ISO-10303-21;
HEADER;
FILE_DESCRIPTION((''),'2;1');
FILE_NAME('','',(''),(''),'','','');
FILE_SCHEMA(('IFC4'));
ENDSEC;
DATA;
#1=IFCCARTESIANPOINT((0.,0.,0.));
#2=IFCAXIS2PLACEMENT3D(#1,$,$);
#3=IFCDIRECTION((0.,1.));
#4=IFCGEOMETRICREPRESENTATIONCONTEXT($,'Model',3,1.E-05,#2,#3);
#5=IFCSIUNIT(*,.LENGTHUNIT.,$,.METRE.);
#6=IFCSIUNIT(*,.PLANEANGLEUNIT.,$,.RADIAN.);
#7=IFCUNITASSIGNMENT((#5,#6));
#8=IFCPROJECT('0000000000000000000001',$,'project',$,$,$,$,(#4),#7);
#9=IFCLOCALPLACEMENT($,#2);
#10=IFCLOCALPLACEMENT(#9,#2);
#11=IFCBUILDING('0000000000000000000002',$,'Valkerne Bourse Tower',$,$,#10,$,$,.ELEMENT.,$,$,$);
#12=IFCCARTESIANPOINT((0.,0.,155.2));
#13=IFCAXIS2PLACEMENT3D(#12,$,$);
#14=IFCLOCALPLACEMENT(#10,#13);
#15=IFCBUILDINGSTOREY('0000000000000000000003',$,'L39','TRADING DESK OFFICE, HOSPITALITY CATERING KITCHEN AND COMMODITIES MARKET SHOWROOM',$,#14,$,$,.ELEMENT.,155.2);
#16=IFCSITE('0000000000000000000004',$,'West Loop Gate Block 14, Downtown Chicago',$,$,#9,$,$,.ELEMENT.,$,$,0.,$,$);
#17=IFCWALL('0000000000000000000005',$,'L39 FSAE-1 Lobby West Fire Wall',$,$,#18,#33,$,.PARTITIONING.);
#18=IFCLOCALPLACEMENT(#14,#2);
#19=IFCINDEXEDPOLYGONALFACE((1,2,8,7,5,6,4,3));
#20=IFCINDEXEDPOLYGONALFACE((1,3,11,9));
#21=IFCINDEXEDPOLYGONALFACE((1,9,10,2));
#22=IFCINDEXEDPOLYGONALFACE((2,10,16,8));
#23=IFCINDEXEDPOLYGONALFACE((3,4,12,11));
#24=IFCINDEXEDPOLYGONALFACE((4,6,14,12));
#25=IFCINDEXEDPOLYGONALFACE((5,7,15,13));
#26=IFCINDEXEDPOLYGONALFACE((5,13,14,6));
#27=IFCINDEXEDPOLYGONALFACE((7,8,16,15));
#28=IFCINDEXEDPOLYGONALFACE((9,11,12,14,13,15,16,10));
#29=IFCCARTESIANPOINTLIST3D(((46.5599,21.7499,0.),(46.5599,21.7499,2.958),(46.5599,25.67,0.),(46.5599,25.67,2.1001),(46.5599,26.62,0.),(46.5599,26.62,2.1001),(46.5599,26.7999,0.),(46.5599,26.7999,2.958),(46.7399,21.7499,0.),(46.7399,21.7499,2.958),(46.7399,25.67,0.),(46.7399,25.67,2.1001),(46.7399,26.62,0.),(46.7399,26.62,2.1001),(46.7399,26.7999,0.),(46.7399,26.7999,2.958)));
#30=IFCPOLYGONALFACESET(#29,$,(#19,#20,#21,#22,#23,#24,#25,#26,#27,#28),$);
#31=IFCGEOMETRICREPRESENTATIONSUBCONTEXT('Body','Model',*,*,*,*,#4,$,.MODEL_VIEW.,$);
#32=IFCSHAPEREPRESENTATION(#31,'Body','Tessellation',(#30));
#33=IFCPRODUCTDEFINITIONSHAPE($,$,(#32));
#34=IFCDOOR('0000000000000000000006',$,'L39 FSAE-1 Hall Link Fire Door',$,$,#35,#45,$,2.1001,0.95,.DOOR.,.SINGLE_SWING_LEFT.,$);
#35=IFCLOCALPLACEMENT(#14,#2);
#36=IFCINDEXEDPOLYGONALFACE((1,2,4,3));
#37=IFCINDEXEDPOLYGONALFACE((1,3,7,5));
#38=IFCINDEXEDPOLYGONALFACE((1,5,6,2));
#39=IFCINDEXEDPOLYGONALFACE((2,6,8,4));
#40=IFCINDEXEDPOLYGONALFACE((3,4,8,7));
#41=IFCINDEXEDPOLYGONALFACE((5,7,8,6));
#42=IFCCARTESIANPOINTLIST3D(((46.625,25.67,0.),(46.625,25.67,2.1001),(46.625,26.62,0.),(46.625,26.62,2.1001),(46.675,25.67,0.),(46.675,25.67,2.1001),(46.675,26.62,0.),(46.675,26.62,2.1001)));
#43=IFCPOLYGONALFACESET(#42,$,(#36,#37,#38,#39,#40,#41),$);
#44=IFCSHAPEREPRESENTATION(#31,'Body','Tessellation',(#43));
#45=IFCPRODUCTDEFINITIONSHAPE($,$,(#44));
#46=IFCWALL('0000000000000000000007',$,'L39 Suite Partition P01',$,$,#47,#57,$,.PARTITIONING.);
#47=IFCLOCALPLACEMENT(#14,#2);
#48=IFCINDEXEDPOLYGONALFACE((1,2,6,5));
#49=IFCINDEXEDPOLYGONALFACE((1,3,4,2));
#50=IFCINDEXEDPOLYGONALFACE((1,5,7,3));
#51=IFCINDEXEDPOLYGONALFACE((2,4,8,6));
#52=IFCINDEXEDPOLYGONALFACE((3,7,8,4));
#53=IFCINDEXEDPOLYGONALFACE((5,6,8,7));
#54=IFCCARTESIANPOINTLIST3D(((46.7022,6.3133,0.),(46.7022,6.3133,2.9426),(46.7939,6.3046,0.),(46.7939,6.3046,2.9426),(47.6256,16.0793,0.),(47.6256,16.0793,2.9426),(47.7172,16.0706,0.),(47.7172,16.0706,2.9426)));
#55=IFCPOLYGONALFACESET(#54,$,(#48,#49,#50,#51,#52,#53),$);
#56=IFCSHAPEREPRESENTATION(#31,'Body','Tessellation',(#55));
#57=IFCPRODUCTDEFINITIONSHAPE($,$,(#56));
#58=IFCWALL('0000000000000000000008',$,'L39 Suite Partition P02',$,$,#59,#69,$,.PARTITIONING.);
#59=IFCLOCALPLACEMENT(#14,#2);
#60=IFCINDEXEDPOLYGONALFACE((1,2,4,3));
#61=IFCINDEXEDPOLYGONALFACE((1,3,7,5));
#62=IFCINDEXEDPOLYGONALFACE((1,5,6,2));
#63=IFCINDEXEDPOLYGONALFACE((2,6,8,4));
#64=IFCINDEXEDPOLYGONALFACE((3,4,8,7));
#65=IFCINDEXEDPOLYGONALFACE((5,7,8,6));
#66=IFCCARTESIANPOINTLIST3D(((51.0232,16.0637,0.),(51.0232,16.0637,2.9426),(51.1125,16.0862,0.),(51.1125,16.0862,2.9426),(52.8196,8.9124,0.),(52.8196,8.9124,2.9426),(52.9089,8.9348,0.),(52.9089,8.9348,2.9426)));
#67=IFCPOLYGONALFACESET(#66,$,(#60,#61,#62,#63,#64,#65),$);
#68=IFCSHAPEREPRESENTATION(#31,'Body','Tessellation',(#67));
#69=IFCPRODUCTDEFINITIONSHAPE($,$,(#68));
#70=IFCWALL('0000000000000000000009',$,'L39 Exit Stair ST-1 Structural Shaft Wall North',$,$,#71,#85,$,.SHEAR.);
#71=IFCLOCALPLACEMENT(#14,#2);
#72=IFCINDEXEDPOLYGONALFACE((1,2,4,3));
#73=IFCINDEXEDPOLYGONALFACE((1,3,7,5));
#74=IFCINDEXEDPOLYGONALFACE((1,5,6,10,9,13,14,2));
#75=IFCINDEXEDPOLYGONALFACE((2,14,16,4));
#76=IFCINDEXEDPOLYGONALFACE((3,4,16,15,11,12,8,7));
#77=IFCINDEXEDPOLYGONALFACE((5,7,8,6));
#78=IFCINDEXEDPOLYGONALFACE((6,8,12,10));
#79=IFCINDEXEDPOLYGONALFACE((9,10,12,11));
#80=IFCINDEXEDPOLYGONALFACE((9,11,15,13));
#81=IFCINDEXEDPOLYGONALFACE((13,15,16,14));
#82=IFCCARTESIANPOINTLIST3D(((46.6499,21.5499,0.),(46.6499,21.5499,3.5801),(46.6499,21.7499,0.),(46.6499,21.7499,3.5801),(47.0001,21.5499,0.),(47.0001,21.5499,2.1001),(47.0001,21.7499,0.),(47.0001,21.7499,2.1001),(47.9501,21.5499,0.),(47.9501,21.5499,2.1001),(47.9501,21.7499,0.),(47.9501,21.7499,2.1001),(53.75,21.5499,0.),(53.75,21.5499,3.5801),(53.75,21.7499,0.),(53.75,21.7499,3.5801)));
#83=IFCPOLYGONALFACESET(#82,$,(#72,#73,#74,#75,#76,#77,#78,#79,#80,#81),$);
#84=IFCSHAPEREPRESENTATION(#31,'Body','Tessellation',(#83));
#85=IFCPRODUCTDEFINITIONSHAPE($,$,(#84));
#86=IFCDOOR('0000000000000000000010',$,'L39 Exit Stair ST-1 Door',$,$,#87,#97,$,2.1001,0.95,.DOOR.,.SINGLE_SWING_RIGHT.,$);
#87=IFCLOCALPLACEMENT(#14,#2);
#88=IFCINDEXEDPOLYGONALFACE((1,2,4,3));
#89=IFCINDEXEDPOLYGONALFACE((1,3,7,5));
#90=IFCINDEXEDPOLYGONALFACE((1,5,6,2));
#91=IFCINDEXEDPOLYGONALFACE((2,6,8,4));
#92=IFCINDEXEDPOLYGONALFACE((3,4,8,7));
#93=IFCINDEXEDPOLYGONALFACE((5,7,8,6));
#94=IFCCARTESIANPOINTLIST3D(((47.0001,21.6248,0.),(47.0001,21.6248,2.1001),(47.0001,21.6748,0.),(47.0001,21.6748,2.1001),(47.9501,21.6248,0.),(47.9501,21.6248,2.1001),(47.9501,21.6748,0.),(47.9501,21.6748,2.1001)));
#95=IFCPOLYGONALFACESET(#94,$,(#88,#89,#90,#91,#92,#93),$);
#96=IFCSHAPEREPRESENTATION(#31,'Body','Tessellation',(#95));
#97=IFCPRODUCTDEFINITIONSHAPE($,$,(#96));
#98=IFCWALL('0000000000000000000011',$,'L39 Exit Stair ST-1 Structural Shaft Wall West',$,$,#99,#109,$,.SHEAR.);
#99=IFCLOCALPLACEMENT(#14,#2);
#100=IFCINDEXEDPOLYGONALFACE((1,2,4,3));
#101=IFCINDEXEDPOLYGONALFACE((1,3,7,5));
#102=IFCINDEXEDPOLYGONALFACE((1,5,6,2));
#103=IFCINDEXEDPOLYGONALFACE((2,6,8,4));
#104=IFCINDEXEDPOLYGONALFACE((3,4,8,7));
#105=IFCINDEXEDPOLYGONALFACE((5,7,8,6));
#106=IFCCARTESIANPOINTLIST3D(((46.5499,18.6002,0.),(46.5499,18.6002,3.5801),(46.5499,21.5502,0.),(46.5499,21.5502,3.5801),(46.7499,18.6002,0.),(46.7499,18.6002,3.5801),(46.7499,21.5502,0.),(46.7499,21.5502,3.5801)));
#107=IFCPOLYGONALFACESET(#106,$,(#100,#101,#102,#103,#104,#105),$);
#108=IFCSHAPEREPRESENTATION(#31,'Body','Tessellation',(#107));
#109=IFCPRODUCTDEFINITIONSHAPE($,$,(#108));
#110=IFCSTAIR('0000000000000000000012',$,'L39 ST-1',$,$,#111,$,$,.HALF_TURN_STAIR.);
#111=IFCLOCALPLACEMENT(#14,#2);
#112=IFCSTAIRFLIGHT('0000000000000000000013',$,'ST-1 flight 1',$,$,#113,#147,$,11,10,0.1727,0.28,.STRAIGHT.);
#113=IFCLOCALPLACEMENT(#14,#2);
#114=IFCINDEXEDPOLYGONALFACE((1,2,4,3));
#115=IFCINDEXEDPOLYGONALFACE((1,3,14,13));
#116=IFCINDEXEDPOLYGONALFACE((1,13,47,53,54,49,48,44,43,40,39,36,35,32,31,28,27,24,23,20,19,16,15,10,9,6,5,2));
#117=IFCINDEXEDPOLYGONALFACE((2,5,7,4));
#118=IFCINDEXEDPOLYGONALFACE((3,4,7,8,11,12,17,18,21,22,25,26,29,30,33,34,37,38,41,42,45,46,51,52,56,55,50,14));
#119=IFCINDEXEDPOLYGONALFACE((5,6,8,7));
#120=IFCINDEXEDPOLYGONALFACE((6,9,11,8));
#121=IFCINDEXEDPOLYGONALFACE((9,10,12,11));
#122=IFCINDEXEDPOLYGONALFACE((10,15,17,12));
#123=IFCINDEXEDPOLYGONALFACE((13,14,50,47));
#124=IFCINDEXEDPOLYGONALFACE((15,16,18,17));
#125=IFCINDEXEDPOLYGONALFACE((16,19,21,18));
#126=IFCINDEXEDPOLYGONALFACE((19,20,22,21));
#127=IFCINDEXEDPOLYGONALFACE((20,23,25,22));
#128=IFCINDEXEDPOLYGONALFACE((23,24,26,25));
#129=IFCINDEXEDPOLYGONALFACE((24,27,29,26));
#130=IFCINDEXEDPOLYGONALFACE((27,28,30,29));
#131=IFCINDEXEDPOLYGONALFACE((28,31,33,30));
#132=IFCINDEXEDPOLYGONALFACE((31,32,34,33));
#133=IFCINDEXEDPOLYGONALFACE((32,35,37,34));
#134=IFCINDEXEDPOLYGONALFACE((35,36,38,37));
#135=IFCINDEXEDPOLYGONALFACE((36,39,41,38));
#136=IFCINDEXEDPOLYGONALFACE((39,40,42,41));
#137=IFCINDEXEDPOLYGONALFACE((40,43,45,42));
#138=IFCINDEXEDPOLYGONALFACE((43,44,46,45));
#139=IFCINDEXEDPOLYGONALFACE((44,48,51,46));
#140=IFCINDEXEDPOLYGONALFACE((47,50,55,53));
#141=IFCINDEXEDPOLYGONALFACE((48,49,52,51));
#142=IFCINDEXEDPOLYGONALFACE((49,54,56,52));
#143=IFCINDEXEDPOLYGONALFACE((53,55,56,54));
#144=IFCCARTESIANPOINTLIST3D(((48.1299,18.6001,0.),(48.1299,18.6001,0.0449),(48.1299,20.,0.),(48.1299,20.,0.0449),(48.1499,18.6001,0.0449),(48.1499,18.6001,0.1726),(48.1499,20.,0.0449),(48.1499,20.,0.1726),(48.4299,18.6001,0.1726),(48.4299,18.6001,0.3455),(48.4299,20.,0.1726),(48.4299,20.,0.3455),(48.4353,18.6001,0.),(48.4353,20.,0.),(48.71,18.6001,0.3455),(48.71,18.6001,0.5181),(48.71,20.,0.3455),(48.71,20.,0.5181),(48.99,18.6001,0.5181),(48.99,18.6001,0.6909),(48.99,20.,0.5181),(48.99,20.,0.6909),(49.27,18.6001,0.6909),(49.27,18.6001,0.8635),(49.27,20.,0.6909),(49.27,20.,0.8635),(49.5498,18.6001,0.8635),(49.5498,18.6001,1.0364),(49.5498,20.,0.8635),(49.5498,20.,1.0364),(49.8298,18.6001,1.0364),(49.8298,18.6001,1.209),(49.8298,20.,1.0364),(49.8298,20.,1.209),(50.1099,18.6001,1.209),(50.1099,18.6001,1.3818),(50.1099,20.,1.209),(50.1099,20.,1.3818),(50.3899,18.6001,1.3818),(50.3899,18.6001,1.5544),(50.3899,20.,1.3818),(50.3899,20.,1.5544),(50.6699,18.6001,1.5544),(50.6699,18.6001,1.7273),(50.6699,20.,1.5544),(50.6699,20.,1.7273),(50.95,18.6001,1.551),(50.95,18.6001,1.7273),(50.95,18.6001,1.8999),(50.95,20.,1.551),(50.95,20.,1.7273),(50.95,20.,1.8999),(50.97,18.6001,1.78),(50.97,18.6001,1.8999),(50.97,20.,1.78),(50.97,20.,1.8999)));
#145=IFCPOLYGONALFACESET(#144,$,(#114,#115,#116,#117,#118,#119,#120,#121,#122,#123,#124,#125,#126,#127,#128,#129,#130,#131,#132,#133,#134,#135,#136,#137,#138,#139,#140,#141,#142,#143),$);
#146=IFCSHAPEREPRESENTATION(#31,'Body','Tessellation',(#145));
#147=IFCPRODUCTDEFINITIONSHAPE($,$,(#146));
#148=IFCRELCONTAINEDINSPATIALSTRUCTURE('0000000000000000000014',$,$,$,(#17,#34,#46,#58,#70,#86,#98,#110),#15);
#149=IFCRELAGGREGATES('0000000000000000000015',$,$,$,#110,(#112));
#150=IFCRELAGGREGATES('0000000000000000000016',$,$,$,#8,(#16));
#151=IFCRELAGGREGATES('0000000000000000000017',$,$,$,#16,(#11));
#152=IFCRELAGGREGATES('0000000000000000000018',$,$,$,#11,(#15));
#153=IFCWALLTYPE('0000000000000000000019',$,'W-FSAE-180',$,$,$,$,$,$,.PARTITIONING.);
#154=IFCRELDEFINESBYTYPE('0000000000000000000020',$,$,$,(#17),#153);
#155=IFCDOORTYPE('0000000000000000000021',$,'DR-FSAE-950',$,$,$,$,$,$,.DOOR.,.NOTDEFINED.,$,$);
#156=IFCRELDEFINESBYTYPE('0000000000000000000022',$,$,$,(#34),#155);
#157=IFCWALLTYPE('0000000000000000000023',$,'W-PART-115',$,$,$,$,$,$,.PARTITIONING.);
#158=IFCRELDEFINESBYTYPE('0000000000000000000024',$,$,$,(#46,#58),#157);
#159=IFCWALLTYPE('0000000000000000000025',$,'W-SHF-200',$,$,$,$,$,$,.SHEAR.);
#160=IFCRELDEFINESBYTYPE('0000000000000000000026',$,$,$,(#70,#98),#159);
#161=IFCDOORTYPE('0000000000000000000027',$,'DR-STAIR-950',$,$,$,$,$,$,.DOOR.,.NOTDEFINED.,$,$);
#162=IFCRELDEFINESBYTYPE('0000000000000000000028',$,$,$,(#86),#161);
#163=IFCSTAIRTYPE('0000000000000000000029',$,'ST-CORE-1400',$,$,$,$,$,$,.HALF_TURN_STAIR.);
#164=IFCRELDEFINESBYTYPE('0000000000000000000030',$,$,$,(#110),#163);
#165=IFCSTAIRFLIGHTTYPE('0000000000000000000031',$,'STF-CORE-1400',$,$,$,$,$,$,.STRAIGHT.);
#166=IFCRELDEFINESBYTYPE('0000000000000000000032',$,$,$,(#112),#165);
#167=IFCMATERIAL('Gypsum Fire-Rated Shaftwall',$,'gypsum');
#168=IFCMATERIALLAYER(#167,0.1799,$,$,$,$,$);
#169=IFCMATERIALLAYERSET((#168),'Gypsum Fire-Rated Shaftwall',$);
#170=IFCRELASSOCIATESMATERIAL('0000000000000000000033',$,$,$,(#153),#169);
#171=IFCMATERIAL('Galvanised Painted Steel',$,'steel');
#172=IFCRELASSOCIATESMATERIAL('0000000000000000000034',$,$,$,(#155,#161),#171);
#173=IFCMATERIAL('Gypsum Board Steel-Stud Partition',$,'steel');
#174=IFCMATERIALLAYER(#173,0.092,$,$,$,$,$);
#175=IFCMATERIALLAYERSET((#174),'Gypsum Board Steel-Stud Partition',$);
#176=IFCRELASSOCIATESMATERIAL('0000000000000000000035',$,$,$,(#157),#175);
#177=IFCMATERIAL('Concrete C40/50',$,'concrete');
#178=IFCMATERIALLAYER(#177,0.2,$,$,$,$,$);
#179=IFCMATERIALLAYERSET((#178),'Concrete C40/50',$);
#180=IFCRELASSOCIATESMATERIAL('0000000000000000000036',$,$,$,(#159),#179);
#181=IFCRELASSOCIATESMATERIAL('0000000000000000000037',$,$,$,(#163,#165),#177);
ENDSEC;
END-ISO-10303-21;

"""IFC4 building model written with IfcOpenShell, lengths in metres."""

from ifc_helpers import new_model, si_unit, direction, frame, frame_2d, origin, place, context, subcontext, project, spatial, polyline, rectangle, outline, extrude, material, layer, layer_set, type_object, element, fill, aggregate, save


model = new_model("IFC4")

# Units and contexts
model_context = context("Model", 3, precision=1e-05, world=origin(), true_north=direction((0.0, 1.0)))
body_context = subcontext(model_context, "Body", "Model", "MODEL_VIEW")
ifc_project = project(units=[si_unit("LENGTHUNIT", "METRE"), si_unit("PLANEANGLEUNIT", "RADIAN")], contexts=[model_context])

# Site, building, storey
site_placement = place(None, origin())
site = spatial("IfcSite", under=ifc_project, at=site_placement, Name="West Loop Gate Block 14, Downtown Chicago", CompositionType="ELEMENT", RefElevation=0.0)
building_placement = place(site_placement, origin())
building = spatial("IfcBuilding", under=site, at=building_placement, Name="Valkerne Bourse Tower", CompositionType="ELEMENT")
storey_placement = place(building_placement, frame((0.0, 0.0, 155.2)))
storey = spatial("IfcBuildingStorey", under=building, at=storey_placement, Name="L39", Description="TRADING DESK OFFICE, HOSPITALITY CATERING KITCHEN AND COMMODITIES MARKET SHOWROOM", CompositionType="ELEMENT", Elevation=155.2)

# Wall, opening, door
ifc_material_1 = material(Name="Gypsum Board Steel-Stud Partition", Category="steel")
ifc_material_2 = material(Name="Galvanised Painted Steel", Category="steel")
ifc_material_3 = material(Name="Gypsum Fire-Rated Shaftwall", Category="gypsum")
ifc_layer_1 = layer(ifc_material_3, 0.1799)
ifc_layer_set_1 = layer_set([ifc_layer_1], Name="Gypsum Fire-Rated Shaftwall")
wall_type_1 = type_object("IfcWallType", Name="W-FSAE-180", PredefinedType="PARTITIONING", material=ifc_layer_set_1)
wall_1_placement = place(storey_placement, frame((46.6499, 21.75, 0.0), z_axis=(0.0, 0.0, 1.0), x_axis=(0.0, 1.0, 0.0)))
wall_1 = element("IfcWall", 1, at=wall_1_placement, inside=storey, type_object=wall_type_1, Name="L39 FSAE-1 Lobby West Fire Wall", PredefinedType="PARTITIONING", context=body_context, shape_type="SweptSolid", body=[
    extrude(rectangle(XDim=5.05, YDim=0.1799, at=frame_2d((2.5249, 0.0))), origin(), (0.0, 0.0, 1.0), 2.958),
])
opening_1_placement = place(wall_1_placement, frame((3.9199, 0.0, 0.0)))
opening_1 = element("IfcOpeningElement", 2, at=opening_1_placement, cuts=wall_1, PredefinedType="OPENING", context=body_context, shape_type="SweptSolid", body=[
    extrude(rectangle(XDim=0.95, YDim=2.1001, at=frame_2d((0.4751, 1.05))), frame((0.0, 0.0999, 0.0), z_axis=(0.0, -1.0, 0.0), x_axis=(1.0, 0.0, 0.0)), (0.0, 0.0, 1.0), 0.2),
])
door_type_1 = type_object("IfcDoorType", Name="DR-FSAE-950", OperationType="NOTDEFINED", PredefinedType="DOOR", material=ifc_material_2)
door_1_placement = place(opening_1_placement, origin())
door_1 = element("IfcDoor", 3, at=door_1_placement, inside=storey, type_object=door_type_1, Name="L39 FSAE-1 Hall Link Fire Door", OperationType="SINGLE_SWING_LEFT", OverallHeight=2.1001, OverallWidth=0.95, PredefinedType="DOOR", context=body_context, shape_type="SweptSolid", body=[
    extrude(rectangle(XDim=0.95, YDim=2.1001, at=frame_2d((0.4751, 1.05))), frame((0.0, 0.0249, 0.0), z_axis=(0.0, -1.0, 0.0), x_axis=(1.0, 0.0, 0.0)), (0.0, 0.0, 1.0), 0.05),
])
fill(opening_1, door_1)

# Walls
ifc_layer_2 = layer(ifc_material_1, 0.092)
ifc_layer_set_2 = layer_set([ifc_layer_2], Name="Gypsum Board Steel-Stud Partition")
wall_type_2 = type_object("IfcWallType", Name="W-PART-115", PredefinedType="PARTITIONING", material=ifc_layer_set_2)
wall_2_placement = place(storey_placement, frame((47.6714, 16.075, 0.0), z_axis=(0.0, 0.0, 1.0), x_axis=(-0.094126, -0.99556, 0.0)))
element("IfcWall", 4, at=wall_2_placement, inside=storey, type_object=wall_type_2, Name="L39 Suite Partition P01", PredefinedType="PARTITIONING", context=body_context, shape_type="SweptSolid", body=[
    extrude(rectangle(XDim=9.8096, YDim=0.092, at=frame_2d((4.9048, 0.0))), origin(), (0.0, 0.0, 1.0), 2.9426),
])
wall_3_placement = place(storey_placement, frame((51.0679, 16.075, 0.0), z_axis=(0.0, 0.0, 1.0), x_axis=(0.243626, -0.969869, 0.0)))
element("IfcWall", 5, at=wall_3_placement, inside=storey, type_object=wall_type_2, Name="L39 Suite Partition P02", PredefinedType="PARTITIONING", context=body_context, shape_type="SweptSolid", body=[
    extrude(rectangle(XDim=7.3735, YDim=0.092, at=frame_2d((3.6868, 0.0))), origin(), (0.0, 0.0, 1.0), 2.9426),
])

# Wall, opening, door
ifc_material_4 = material(Name="Concrete C40/50", Category="concrete")
ifc_layer_3 = layer(ifc_material_4, 0.2)
ifc_layer_set_3 = layer_set([ifc_layer_3], Name="Concrete C40/50")
wall_type_3 = type_object("IfcWallType", Name="W-SHF-200", PredefinedType="SHEAR", material=ifc_layer_set_3)
wall_4_placement = place(storey_placement, frame((46.6499, 21.6499, 0.0), z_axis=(0.0, 0.0, 1.0), x_axis=(1.0, 0.0, 0.0)))
wall_4 = element("IfcWall", 6, at=wall_4_placement, inside=storey, type_object=wall_type_3, Name="L39 Exit Stair ST-1 Structural Shaft Wall North", PredefinedType="SHEAR", context=body_context, shape_type="SweptSolid", body=[
    extrude(rectangle(XDim=7.1001, YDim=0.2, at=frame_2d((3.55, 0.0))), origin(), (0.0, 0.0, 1.0), 3.5801),
])
opening_2_placement = place(wall_4_placement, frame((0.3501, 0.0, 0.0)))
opening_2 = element("IfcOpeningElement", 7, at=opening_2_placement, cuts=wall_4, PredefinedType="OPENING", context=body_context, shape_type="SweptSolid", body=[
    extrude(rectangle(XDim=0.95, YDim=2.1001, at=frame_2d((0.4751, 1.05))), frame((0.0, 0.1099, 0.0), z_axis=(0.0, -1.0, 0.0), x_axis=(1.0, 0.0, 0.0)), (0.0, 0.0, 1.0), 0.22),
])
door_type_2 = type_object("IfcDoorType", Name="DR-STAIR-950", OperationType="NOTDEFINED", PredefinedType="DOOR", material=ifc_material_2)
door_2_placement = place(opening_2_placement, origin())
door_2 = element("IfcDoor", 8, at=door_2_placement, inside=storey, type_object=door_type_2, Name="L39 Exit Stair ST-1 Door", OperationType="SINGLE_SWING_RIGHT", OverallHeight=2.1001, OverallWidth=0.95, PredefinedType="DOOR", context=body_context, shape_type="SweptSolid", body=[
    extrude(rectangle(XDim=0.95, YDim=2.1001, at=frame_2d((0.4751, 1.05))), frame((0.0, 0.0249, 0.0), z_axis=(0.0, -1.0, 0.0), x_axis=(1.0, 0.0, 0.0)), (0.0, 0.0, 1.0), 0.05),
])
fill(opening_2, door_2)

# Wall
wall_5_placement = place(storey_placement, frame((46.6499, 18.6001, 0.0), z_axis=(0.0, 0.0, 1.0), x_axis=(0.0, 1.0, 0.0)))
element("IfcWall", 9, at=wall_5_placement, inside=storey, type_object=wall_type_3, Name="L39 Exit Stair ST-1 Structural Shaft Wall West", PredefinedType="SHEAR", context=body_context, shape_type="SweptSolid", body=[
    extrude(rectangle(XDim=2.95, YDim=0.2, at=frame_2d((1.4751, 0.0))), origin(), (0.0, 0.0, 1.0), 3.5801),
])

# Stair, stair flight
stair_type = type_object("IfcStairType", Name="ST-CORE-1400", PredefinedType="HALF_TURN_STAIR", material=ifc_material_4)
stair_placement = place(storey_placement, origin())
stair = element("IfcStair", 10, at=stair_placement, inside=storey, type_object=stair_type, Name="L39 ST-1", PredefinedType="HALF_TURN_STAIR")
stair_flight_type = type_object("IfcStairFlightType", Name="STF-CORE-1400", PredefinedType="STRAIGHT", material=ifc_material_4)
stair_flight_1_placement = place(storey_placement, frame((48.1499, 19.3, 0.0), z_axis=(0.0, 0.0, 1.0), x_axis=(1.0, 0.0, 0.0)))
stair_flight_1 = element("IfcStairFlight", 11, at=stair_flight_1_placement, type_object=stair_flight_type, Name="ST-1 flight 1", NumberOfRisers=11, NumberOfTreads=10, PredefinedType="STRAIGHT", RiserHeight=0.1727, TreadLength=0.28, context=body_context, shape_type="SweptSolid", body=[
    extrude(outline(polyline([(-0.02, 0.0), (-0.02, 0.0449), (0.0, 0.0449), (0.0, 0.1726), (0.28, 0.1726), (0.28, 0.3455), (0.5601, 0.3455), (0.5601, 0.5181), (0.8401, 0.5181), (0.8401, 0.6909), (1.1201, 0.6909), (1.1201, 0.8635), (1.3999, 0.8635), (1.3999, 1.0364), (1.6799, 1.0364), (1.6799, 1.209), (1.96, 1.209), (1.96, 1.3818), (2.24, 1.3818), (2.24, 1.5544), (2.52, 1.5544), (2.52, 1.7273), (2.8, 1.7273), (2.8, 1.8999), (2.8201, 1.8999), (2.8201, 1.78), (2.8, 1.551), (0.2854, 0.0), (-0.02, 0.0)])), frame((0.0, 0.7, 0.0), z_axis=(0.0, -1.0, 0.0), x_axis=(1.0, 0.0, 0.0)), (0.0, 0.0, 1.0), 1.3999),
])
aggregate(stair, [stair_flight_1])

save(model, "model.ifc")
